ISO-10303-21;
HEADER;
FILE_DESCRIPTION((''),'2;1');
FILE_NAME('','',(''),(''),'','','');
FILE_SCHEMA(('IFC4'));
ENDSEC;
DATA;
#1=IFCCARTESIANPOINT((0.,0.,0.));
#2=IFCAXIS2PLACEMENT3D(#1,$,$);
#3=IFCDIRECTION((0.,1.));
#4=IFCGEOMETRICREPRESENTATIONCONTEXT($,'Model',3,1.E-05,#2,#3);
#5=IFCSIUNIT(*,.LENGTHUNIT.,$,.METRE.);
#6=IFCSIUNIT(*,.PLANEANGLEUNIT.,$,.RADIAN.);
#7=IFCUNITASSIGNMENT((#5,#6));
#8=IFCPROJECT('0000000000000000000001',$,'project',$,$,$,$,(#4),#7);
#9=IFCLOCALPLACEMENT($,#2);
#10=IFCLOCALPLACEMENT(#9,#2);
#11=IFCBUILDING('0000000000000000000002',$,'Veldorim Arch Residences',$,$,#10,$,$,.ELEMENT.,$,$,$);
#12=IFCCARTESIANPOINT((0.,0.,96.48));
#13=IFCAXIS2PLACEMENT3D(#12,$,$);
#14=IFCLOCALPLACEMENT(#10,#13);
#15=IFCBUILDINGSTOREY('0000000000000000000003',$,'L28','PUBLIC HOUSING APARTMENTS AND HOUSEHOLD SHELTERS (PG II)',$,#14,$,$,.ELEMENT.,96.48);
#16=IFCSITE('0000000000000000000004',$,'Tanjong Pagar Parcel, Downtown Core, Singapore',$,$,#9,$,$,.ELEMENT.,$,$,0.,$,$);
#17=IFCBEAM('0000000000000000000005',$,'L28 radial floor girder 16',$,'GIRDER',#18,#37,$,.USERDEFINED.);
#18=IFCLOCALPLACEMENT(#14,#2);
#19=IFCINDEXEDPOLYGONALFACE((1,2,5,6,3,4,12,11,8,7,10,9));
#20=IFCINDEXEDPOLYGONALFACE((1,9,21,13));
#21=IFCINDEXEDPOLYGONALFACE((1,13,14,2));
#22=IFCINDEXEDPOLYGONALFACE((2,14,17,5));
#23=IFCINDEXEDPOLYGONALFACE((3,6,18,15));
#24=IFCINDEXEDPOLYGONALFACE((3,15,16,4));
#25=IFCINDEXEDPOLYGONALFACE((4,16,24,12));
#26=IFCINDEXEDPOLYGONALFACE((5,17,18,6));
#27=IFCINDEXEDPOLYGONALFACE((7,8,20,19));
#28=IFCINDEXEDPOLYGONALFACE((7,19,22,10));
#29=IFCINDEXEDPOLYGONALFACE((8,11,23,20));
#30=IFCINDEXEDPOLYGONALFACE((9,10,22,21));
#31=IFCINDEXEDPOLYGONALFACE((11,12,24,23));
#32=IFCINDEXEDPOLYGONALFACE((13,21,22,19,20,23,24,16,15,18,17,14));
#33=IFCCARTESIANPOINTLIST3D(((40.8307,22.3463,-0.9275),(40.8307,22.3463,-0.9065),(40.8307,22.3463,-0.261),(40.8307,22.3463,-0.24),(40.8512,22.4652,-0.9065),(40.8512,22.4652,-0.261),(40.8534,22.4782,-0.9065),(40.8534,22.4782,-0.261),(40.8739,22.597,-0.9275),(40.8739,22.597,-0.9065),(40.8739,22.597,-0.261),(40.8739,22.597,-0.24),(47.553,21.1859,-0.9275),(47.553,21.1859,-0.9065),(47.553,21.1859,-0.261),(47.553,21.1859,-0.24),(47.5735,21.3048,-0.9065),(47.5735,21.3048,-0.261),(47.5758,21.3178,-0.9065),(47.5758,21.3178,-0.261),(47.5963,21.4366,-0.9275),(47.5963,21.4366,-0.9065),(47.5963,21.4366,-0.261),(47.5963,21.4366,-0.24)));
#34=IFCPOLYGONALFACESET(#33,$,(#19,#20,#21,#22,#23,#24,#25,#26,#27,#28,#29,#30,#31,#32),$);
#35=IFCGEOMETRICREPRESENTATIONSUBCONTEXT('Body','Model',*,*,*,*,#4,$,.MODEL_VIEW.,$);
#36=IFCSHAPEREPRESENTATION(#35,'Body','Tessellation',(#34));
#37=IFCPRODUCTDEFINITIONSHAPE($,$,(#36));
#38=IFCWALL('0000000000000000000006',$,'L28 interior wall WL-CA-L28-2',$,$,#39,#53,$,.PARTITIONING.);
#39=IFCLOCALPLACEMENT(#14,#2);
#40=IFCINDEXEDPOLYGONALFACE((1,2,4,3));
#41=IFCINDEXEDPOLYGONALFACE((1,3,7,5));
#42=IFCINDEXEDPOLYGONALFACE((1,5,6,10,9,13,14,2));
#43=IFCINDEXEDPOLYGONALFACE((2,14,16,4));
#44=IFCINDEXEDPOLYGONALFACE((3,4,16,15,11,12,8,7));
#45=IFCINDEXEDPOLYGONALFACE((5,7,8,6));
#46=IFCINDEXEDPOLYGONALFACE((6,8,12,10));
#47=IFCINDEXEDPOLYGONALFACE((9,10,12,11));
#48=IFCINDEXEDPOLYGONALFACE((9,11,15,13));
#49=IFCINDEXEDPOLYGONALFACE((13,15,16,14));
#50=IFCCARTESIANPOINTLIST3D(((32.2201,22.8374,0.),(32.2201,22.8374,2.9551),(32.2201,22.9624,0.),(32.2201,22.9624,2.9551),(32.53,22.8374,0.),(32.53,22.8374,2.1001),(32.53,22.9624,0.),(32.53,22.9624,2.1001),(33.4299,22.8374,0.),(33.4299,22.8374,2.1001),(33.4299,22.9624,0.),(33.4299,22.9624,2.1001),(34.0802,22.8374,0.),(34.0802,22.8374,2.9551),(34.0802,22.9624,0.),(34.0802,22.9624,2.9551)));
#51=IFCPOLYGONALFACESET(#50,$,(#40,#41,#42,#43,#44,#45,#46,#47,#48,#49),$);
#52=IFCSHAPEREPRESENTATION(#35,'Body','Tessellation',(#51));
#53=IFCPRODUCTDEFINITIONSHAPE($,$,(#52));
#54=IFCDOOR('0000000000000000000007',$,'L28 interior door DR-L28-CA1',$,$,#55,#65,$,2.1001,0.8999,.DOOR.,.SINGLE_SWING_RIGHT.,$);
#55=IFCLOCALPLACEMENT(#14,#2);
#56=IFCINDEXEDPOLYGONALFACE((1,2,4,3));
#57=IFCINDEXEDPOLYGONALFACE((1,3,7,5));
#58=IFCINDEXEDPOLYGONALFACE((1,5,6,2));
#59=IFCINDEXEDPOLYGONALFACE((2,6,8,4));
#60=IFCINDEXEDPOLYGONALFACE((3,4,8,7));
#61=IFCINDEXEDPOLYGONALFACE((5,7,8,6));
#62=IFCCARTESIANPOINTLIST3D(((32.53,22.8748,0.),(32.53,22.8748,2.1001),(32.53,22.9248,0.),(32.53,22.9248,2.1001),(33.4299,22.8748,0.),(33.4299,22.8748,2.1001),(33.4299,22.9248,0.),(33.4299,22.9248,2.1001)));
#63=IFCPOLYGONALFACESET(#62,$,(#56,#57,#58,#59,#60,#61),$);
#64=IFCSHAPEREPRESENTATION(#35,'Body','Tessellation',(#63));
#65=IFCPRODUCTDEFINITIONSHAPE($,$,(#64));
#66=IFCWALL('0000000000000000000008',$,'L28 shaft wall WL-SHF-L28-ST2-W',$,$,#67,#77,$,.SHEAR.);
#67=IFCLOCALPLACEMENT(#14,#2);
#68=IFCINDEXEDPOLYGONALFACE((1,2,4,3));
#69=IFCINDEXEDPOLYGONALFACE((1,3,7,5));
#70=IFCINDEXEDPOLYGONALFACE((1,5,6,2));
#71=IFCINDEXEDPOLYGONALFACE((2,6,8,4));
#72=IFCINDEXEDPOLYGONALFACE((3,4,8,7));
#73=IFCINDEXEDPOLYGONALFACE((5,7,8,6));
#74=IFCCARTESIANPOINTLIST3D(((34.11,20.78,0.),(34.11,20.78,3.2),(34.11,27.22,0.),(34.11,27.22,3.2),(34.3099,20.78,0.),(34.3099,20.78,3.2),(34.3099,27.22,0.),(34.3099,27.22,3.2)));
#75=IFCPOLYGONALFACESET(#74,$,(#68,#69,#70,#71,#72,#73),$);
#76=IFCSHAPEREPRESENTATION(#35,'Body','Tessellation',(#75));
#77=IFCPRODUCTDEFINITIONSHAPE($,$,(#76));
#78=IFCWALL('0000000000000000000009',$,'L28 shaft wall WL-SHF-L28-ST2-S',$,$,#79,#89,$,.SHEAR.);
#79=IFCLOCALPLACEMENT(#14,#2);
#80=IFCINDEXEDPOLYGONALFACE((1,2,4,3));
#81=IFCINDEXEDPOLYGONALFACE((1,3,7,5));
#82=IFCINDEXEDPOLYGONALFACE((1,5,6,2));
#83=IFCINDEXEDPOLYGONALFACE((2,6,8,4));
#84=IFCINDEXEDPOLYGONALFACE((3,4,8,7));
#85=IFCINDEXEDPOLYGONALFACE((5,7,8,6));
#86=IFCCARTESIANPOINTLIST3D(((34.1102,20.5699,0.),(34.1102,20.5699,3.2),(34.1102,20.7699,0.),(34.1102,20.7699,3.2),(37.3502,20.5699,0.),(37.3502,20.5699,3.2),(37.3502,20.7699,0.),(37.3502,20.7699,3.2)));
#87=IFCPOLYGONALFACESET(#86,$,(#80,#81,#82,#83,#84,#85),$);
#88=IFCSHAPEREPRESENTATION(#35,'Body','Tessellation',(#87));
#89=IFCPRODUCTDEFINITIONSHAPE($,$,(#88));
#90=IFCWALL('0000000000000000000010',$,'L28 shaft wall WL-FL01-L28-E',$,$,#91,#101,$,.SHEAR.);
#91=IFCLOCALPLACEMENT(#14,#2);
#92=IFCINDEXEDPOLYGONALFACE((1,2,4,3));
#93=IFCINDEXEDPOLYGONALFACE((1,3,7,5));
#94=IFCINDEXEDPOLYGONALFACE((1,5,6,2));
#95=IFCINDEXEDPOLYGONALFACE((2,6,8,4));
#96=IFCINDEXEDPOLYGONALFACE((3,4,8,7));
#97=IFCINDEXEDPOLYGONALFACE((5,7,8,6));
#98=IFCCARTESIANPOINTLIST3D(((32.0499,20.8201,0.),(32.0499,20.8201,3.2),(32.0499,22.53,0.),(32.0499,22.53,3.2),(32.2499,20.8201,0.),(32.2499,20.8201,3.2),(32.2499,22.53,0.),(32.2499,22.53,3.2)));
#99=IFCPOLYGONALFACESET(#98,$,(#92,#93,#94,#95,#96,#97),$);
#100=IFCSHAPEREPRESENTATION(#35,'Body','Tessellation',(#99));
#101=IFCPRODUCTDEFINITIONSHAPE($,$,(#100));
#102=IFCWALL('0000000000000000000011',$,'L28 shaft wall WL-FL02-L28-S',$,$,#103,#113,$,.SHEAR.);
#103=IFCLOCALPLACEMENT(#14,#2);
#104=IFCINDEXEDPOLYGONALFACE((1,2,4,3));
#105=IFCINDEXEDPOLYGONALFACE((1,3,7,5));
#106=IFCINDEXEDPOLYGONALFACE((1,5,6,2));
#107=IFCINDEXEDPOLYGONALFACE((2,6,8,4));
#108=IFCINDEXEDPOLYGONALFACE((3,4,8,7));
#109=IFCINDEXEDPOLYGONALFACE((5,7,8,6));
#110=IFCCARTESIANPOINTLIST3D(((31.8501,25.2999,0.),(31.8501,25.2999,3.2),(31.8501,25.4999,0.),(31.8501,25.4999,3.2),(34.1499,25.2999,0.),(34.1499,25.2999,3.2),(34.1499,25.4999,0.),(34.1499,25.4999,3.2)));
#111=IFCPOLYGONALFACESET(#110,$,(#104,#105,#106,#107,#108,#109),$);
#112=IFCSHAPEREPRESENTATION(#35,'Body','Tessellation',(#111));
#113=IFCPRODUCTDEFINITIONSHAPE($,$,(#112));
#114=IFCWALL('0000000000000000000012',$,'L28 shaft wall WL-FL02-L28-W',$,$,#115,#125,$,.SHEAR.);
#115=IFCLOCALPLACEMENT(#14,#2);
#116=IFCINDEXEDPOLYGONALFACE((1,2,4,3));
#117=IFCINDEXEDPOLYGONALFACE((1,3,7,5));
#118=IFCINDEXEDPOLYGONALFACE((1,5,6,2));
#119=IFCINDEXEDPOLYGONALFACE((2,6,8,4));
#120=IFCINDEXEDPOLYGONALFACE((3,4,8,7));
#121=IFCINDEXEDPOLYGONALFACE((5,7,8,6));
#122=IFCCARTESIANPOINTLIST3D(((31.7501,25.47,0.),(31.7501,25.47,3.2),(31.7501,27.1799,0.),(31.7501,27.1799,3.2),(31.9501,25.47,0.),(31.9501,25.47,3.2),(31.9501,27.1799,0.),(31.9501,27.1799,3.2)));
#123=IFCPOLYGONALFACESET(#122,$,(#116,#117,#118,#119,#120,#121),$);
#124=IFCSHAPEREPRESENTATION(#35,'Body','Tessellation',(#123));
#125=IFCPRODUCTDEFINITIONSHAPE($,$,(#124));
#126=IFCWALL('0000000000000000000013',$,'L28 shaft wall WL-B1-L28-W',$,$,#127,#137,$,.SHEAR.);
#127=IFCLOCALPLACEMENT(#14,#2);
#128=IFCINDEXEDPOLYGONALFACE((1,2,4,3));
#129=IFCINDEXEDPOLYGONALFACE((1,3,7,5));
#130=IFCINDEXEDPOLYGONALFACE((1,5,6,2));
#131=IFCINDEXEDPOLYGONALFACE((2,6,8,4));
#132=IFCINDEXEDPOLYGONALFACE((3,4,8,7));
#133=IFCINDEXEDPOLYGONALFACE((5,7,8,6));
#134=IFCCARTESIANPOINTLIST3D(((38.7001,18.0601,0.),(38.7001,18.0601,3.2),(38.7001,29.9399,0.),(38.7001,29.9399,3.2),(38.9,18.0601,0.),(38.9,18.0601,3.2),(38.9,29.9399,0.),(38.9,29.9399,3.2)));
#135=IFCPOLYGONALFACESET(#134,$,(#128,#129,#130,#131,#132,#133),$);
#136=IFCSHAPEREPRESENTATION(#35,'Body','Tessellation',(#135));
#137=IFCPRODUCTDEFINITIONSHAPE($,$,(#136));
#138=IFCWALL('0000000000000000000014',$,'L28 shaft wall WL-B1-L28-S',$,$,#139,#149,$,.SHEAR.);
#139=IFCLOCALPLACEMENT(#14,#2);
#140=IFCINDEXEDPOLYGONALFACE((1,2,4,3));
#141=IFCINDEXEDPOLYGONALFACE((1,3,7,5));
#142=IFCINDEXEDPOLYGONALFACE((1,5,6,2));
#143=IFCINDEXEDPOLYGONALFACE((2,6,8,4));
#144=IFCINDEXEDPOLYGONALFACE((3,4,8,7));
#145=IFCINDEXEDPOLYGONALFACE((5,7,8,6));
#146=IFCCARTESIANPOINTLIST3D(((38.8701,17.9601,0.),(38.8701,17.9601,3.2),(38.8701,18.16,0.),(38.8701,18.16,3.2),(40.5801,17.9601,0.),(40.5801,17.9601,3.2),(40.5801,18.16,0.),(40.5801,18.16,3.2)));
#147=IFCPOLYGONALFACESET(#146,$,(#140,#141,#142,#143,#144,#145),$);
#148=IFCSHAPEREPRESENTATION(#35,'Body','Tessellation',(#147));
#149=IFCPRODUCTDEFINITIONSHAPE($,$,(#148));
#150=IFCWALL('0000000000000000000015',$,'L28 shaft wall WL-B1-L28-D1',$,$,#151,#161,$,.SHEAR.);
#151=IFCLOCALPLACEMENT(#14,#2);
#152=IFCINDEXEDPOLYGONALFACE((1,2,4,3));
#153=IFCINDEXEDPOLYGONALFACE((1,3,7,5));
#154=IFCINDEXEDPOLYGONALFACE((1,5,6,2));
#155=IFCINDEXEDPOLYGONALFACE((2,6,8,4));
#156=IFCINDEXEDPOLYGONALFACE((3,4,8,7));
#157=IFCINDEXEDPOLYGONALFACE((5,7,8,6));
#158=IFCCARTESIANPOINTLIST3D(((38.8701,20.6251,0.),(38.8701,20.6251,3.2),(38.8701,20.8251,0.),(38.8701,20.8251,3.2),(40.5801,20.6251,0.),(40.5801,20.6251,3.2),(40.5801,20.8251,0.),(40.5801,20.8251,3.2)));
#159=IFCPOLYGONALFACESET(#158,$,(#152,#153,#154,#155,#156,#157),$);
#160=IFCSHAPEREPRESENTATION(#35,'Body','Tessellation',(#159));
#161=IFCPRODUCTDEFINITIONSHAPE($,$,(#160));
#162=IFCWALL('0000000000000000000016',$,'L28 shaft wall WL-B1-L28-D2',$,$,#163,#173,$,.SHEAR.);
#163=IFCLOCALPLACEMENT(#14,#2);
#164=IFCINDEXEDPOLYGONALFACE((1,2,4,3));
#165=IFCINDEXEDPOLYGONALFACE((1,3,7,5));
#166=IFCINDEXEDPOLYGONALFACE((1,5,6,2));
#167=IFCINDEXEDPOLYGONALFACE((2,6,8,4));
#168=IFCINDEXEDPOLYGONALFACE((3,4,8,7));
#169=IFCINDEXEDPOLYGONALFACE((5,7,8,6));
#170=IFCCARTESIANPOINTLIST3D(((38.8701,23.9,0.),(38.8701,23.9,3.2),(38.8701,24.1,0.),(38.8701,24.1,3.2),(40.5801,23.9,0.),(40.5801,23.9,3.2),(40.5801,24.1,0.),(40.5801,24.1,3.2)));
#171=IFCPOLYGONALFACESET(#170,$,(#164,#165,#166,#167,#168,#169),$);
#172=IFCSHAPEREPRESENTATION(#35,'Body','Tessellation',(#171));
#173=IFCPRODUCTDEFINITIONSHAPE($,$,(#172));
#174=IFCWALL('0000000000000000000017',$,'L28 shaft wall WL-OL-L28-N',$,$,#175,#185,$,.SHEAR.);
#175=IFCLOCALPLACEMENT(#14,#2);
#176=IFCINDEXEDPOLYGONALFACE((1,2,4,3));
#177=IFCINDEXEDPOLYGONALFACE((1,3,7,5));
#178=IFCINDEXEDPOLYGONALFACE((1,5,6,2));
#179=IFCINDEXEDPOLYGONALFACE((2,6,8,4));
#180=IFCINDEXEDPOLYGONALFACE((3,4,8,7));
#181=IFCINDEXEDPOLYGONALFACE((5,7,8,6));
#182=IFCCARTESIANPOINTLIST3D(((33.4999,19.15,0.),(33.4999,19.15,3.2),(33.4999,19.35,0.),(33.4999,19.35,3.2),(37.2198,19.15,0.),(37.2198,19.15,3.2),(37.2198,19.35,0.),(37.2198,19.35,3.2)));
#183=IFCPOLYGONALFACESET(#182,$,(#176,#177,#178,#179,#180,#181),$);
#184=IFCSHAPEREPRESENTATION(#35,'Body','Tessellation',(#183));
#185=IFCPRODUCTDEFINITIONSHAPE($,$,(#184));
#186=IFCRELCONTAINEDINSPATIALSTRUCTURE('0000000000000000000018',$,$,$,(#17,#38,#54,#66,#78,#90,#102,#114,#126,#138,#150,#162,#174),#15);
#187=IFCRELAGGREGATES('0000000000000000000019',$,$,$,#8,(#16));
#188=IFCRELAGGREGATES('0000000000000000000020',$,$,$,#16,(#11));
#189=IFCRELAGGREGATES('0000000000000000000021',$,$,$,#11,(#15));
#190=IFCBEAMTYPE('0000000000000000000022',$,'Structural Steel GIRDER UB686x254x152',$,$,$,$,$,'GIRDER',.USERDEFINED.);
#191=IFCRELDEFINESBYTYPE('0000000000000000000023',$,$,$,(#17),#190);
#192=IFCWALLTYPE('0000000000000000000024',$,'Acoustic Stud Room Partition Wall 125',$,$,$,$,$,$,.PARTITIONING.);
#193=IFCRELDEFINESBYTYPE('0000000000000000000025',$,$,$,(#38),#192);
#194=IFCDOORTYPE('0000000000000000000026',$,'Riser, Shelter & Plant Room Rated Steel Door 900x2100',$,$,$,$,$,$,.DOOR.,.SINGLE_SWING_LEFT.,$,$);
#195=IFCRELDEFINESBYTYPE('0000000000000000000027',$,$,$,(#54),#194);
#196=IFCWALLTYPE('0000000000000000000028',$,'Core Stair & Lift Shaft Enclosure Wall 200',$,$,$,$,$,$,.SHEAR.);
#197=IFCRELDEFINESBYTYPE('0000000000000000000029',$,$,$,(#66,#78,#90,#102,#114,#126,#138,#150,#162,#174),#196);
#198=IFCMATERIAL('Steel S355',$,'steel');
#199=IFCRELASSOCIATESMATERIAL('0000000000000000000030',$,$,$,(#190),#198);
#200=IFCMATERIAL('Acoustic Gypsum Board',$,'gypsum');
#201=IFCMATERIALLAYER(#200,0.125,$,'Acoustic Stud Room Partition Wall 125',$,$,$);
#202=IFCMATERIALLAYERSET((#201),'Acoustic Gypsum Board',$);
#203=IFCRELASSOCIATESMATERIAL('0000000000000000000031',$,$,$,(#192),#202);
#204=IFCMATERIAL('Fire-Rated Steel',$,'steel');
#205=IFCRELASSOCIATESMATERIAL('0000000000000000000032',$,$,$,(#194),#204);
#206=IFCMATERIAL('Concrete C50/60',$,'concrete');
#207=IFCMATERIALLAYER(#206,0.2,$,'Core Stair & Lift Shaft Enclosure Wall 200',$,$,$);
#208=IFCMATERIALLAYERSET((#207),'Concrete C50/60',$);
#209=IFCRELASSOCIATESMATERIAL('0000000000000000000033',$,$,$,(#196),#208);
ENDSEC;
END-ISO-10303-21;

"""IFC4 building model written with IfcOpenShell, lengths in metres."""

from ifc_helpers import new_model, si_unit, direction, frame, frame_2d, origin, origin_2d, place, context, subcontext, project, spatial, rectangle, i_section, extrude, material, layer, layer_set, material_profile, profile_set, type_object, element, fill, save


model = new_model("IFC4")

# Units and contexts
model_context = context("Model", 3, precision=1e-05, world=origin(), true_north=direction((0.0, 1.0)))
body_context = subcontext(model_context, "Body", "Model", "MODEL_VIEW")
ifc_project = project(units=[si_unit("LENGTHUNIT", "METRE"), si_unit("PLANEANGLEUNIT", "RADIAN")], contexts=[model_context])

# Site, building, storey
site_placement = place(None, origin())
site = spatial("IfcSite", under=ifc_project, at=site_placement, Name="Tanjong Pagar Parcel, Downtown Core, Singapore", CompositionType="ELEMENT", RefElevation=0.0)
building_placement = place(site_placement, origin())
building = spatial("IfcBuilding", under=site, at=building_placement, Name="Veldorim Arch Residences", CompositionType="ELEMENT")
storey_placement = place(building_placement, frame((0.0, 0.0, 96.48)))
storey = spatial("IfcBuildingStorey", under=building, at=storey_placement, Name="L28", Description="PUBLIC HOUSING APARTMENTS AND HOUSEHOLD SHELTERS (PG II)", CompositionType="ELEMENT", Elevation=96.48)

# Beam
ifc_material_1 = material(Name="Steel S355", Category="steel")
ifc_material_profile = material_profile(ifc_material_1, i_section(OverallWidth=0.2544, OverallDepth=0.6875, WebThickness=0.0132, FlangeThickness=0.021, at=origin_2d()), Name="UB686x254x152")
ifc_profile_set = profile_set([ifc_material_profile], Name="Steel S355")
beam_type = type_object("IfcBeamType", Name="Structural Steel GIRDER UB686x254x152", ElementType="GIRDER", PredefinedType="USERDEFINED", material=ifc_profile_set)
beam_placement = place(storey_placement, frame((40.8523, 22.4717, -0.5837), z_axis=(0.985427, -0.170101, 0.0), x_axis=(0.170101, 0.985427, 0.0)))
element("IfcBeam", 1, at=beam_placement, inside=storey, type_object=beam_type, Name="L28 radial floor girder 16", ObjectType="GIRDER", PredefinedType="USERDEFINED", context=body_context, shape_type="SweptSolid", body=[
    extrude(i_section(OverallWidth=0.2544, OverallDepth=0.6875, WebThickness=0.0132, FlangeThickness=0.021, at=origin_2d()), origin(), (0.0, 0.0, 1.0), 6.8218),
])

# Wall, opening, door
ifc_material_2 = material(Name="Acoustic Gypsum Board", Category="gypsum")
ifc_layer_1 = layer(ifc_material_2, 0.125, Name="Acoustic Stud Room Partition Wall 125")
ifc_layer_set_1 = layer_set([ifc_layer_1], Name="Acoustic Gypsum Board")
wall_type_1 = type_object("IfcWallType", Name="Acoustic Stud Room Partition Wall 125", PredefinedType="PARTITIONING", material=ifc_layer_set_1)
wall_1_placement = place(storey_placement, frame((32.22, 22.8999, 0.0), z_axis=(0.0, 0.0, 1.0), x_axis=(1.0, 0.0, 0.0)))
wall_1 = element("IfcWall", 2, at=wall_1_placement, inside=storey, type_object=wall_type_1, Name="L28 interior wall WL-CA-L28-2", PredefinedType="PARTITIONING", context=body_context, shape_type="SweptSolid", body=[
    extrude(rectangle(XDim=1.8601, YDim=0.125, at=frame_2d((0.9302, 0.0))), origin(), (0.0, 0.0, 1.0), 2.9551),
])
opening_placement = place(wall_1_placement, frame((0.3101, 0.0, 0.0)))
opening = element("IfcOpeningElement", 3, at=opening_placement, cuts=wall_1, PredefinedType="OPENING", context=body_context, shape_type="SweptSolid", body=[
    extrude(rectangle(XDim=0.8999, YDim=2.1001, at=frame_2d((0.45, 1.05))), frame((0.0, 0.0725, 0.0), z_axis=(0.0, -1.0, 0.0), x_axis=(1.0, 0.0, 0.0)), (0.0, 0.0, 1.0), 0.145),
])
ifc_material_3 = material(Name="Fire-Rated Steel", Category="steel")
door_type = type_object("IfcDoorType", Name="Riser, Shelter & Plant Room Rated Steel Door 900x2100", OperationType="SINGLE_SWING_LEFT", PredefinedType="DOOR", material=ifc_material_3)
door_placement = place(opening_placement, origin())
door = element("IfcDoor", 4, at=door_placement, inside=storey, type_object=door_type, Name="L28 interior door DR-L28-CA1", OperationType="SINGLE_SWING_RIGHT", OverallHeight=2.1001, OverallWidth=0.8999, PredefinedType="DOOR", context=body_context, shape_type="SweptSolid", body=[
    extrude(rectangle(XDim=0.8999, YDim=2.1001, at=frame_2d((0.45, 1.05))), frame((0.0, 0.0249, 0.0), z_axis=(0.0, -1.0, 0.0), x_axis=(1.0, 0.0, 0.0)), (0.0, 0.0, 1.0), 0.05),
])
fill(opening, door)

# Walls
ifc_material_4 = material(Name="Concrete C50/60", Category="concrete")
ifc_layer_2 = layer(ifc_material_4, 0.2, Name="Core Stair & Lift Shaft Enclosure Wall 200")
ifc_layer_set_2 = layer_set([ifc_layer_2], Name="Concrete C50/60")
wall_type_2 = type_object("IfcWallType", Name="Core Stair & Lift Shaft Enclosure Wall 200", PredefinedType="SHEAR", material=ifc_layer_set_2)
wall_2_placement = place(storey_placement, frame((34.21, 20.78, 0.0), z_axis=(0.0, 0.0, 1.0), x_axis=(0.0, 1.0, 0.0)))
element("IfcWall", 5, at=wall_2_placement, inside=storey, type_object=wall_type_2, Name="L28 shaft wall WL-SHF-L28-ST2-W", PredefinedType="SHEAR", context=body_context, shape_type="SweptSolid", body=[
    extrude(rectangle(XDim=6.4399, YDim=0.2, at=frame_2d((3.22, 0.0))), origin(), (0.0, 0.0, 1.0), 3.2),
])
wall_3_placement = place(storey_placement, frame((34.1101, 20.6699, 0.0), z_axis=(0.0, 0.0, 1.0), x_axis=(1.0, 0.0, 0.0)))
element("IfcWall", 6, at=wall_3_placement, inside=storey, type_object=wall_type_2, Name="L28 shaft wall WL-SHF-L28-ST2-S", PredefinedType="SHEAR", context=body_context, shape_type="SweptSolid", body=[
    extrude(rectangle(XDim=3.24, YDim=0.2, at=frame_2d((1.6201, 0.0))), origin(), (0.0, 0.0, 1.0), 3.2),
])
wall_4_placement = place(storey_placement, frame((32.1499, 20.8201, 0.0), z_axis=(0.0, 0.0, 1.0), x_axis=(0.0, 1.0, 0.0)))
element("IfcWall", 7, at=wall_4_placement, inside=storey, type_object=wall_type_2, Name="L28 shaft wall WL-FL01-L28-E", PredefinedType="SHEAR", context=body_context, shape_type="SweptSolid", body=[
    extrude(rectangle(XDim=1.71, YDim=0.2, at=frame_2d((0.855, 0.0))), origin(), (0.0, 0.0, 1.0), 3.2),
])
wall_5_placement = place(storey_placement, frame((31.8501, 25.3999, 0.0), z_axis=(0.0, 0.0, 1.0), x_axis=(1.0, 0.0, 0.0)))
element("IfcWall", 8, at=wall_5_placement, inside=storey, type_object=wall_type_2, Name="L28 shaft wall WL-FL02-L28-S", PredefinedType="SHEAR", context=body_context, shape_type="SweptSolid", body=[
    extrude(rectangle(XDim=2.2998, YDim=0.2, at=frame_2d((1.1499, 0.0))), origin(), (0.0, 0.0, 1.0), 3.2),
])
wall_6_placement = place(storey_placement, frame((31.8501, 25.47, 0.0), z_axis=(0.0, 0.0, 1.0), x_axis=(0.0, 1.0, 0.0)))
element("IfcWall", 9, at=wall_6_placement, inside=storey, type_object=wall_type_2, Name="L28 shaft wall WL-FL02-L28-W", PredefinedType="SHEAR", context=body_context, shape_type="SweptSolid", body=[
    extrude(rectangle(XDim=1.71, YDim=0.2, at=frame_2d((0.855, 0.0))), origin(), (0.0, 0.0, 1.0), 3.2),
])
wall_7_placement = place(storey_placement, frame((38.8, 18.0601, 0.0), z_axis=(0.0, 0.0, 1.0), x_axis=(0.0, 1.0, 0.0)))
element("IfcWall", 10, at=wall_7_placement, inside=storey, type_object=wall_type_2, Name="L28 shaft wall WL-B1-L28-W", PredefinedType="SHEAR", context=body_context, shape_type="SweptSolid", body=[
    extrude(rectangle(XDim=11.8799, YDim=0.2, at=frame_2d((5.9399, 0.0))), origin(), (0.0, 0.0, 1.0), 3.2),
])
for number, where, z_axis, x_axis, name in (
    (11, (38.8701, 18.0601, 0.0), (0.0, 0.0, 1.0), (1.0, 0.0, 0.0), "L28 shaft wall WL-B1-L28-S"),
    (12, (38.8701, 20.7251, 0.0), (0.0, 0.0, 1.0), (1.0, 0.0, 0.0), "L28 shaft wall WL-B1-L28-D1"),
    (13, (38.8701, 24.0, 0.0), (0.0, 0.0, 1.0), (1.0, 0.0, 0.0), "L28 shaft wall WL-B1-L28-D2"),
):
    element("IfcWall", number, at=place(storey_placement, frame(where, z_axis=z_axis, x_axis=x_axis)), inside=storey, type_object=wall_type_2, Name=name, PredefinedType="SHEAR", context=body_context, shape_type="SweptSolid", body=[
        extrude(rectangle(XDim=1.71, YDim=0.2, at=frame_2d((0.855, 0.0))), origin(), (0.0, 0.0, 1.0), 3.2),
    ])
wall_8_placement = place(storey_placement, frame((33.5, 19.25, 0.0), z_axis=(0.0, 0.0, 1.0), x_axis=(1.0, 0.0, 0.0)))
element("IfcWall", 14, at=wall_8_placement, inside=storey, type_object=wall_type_2, Name="L28 shaft wall WL-OL-L28-N", PredefinedType="SHEAR", context=body_context, shape_type="SweptSolid", body=[
    extrude(rectangle(XDim=3.72, YDim=0.2, at=frame_2d((1.8599, 0.0))), origin(), (0.0, 0.0, 1.0), 3.2),
])

save(model, "model.ifc")
